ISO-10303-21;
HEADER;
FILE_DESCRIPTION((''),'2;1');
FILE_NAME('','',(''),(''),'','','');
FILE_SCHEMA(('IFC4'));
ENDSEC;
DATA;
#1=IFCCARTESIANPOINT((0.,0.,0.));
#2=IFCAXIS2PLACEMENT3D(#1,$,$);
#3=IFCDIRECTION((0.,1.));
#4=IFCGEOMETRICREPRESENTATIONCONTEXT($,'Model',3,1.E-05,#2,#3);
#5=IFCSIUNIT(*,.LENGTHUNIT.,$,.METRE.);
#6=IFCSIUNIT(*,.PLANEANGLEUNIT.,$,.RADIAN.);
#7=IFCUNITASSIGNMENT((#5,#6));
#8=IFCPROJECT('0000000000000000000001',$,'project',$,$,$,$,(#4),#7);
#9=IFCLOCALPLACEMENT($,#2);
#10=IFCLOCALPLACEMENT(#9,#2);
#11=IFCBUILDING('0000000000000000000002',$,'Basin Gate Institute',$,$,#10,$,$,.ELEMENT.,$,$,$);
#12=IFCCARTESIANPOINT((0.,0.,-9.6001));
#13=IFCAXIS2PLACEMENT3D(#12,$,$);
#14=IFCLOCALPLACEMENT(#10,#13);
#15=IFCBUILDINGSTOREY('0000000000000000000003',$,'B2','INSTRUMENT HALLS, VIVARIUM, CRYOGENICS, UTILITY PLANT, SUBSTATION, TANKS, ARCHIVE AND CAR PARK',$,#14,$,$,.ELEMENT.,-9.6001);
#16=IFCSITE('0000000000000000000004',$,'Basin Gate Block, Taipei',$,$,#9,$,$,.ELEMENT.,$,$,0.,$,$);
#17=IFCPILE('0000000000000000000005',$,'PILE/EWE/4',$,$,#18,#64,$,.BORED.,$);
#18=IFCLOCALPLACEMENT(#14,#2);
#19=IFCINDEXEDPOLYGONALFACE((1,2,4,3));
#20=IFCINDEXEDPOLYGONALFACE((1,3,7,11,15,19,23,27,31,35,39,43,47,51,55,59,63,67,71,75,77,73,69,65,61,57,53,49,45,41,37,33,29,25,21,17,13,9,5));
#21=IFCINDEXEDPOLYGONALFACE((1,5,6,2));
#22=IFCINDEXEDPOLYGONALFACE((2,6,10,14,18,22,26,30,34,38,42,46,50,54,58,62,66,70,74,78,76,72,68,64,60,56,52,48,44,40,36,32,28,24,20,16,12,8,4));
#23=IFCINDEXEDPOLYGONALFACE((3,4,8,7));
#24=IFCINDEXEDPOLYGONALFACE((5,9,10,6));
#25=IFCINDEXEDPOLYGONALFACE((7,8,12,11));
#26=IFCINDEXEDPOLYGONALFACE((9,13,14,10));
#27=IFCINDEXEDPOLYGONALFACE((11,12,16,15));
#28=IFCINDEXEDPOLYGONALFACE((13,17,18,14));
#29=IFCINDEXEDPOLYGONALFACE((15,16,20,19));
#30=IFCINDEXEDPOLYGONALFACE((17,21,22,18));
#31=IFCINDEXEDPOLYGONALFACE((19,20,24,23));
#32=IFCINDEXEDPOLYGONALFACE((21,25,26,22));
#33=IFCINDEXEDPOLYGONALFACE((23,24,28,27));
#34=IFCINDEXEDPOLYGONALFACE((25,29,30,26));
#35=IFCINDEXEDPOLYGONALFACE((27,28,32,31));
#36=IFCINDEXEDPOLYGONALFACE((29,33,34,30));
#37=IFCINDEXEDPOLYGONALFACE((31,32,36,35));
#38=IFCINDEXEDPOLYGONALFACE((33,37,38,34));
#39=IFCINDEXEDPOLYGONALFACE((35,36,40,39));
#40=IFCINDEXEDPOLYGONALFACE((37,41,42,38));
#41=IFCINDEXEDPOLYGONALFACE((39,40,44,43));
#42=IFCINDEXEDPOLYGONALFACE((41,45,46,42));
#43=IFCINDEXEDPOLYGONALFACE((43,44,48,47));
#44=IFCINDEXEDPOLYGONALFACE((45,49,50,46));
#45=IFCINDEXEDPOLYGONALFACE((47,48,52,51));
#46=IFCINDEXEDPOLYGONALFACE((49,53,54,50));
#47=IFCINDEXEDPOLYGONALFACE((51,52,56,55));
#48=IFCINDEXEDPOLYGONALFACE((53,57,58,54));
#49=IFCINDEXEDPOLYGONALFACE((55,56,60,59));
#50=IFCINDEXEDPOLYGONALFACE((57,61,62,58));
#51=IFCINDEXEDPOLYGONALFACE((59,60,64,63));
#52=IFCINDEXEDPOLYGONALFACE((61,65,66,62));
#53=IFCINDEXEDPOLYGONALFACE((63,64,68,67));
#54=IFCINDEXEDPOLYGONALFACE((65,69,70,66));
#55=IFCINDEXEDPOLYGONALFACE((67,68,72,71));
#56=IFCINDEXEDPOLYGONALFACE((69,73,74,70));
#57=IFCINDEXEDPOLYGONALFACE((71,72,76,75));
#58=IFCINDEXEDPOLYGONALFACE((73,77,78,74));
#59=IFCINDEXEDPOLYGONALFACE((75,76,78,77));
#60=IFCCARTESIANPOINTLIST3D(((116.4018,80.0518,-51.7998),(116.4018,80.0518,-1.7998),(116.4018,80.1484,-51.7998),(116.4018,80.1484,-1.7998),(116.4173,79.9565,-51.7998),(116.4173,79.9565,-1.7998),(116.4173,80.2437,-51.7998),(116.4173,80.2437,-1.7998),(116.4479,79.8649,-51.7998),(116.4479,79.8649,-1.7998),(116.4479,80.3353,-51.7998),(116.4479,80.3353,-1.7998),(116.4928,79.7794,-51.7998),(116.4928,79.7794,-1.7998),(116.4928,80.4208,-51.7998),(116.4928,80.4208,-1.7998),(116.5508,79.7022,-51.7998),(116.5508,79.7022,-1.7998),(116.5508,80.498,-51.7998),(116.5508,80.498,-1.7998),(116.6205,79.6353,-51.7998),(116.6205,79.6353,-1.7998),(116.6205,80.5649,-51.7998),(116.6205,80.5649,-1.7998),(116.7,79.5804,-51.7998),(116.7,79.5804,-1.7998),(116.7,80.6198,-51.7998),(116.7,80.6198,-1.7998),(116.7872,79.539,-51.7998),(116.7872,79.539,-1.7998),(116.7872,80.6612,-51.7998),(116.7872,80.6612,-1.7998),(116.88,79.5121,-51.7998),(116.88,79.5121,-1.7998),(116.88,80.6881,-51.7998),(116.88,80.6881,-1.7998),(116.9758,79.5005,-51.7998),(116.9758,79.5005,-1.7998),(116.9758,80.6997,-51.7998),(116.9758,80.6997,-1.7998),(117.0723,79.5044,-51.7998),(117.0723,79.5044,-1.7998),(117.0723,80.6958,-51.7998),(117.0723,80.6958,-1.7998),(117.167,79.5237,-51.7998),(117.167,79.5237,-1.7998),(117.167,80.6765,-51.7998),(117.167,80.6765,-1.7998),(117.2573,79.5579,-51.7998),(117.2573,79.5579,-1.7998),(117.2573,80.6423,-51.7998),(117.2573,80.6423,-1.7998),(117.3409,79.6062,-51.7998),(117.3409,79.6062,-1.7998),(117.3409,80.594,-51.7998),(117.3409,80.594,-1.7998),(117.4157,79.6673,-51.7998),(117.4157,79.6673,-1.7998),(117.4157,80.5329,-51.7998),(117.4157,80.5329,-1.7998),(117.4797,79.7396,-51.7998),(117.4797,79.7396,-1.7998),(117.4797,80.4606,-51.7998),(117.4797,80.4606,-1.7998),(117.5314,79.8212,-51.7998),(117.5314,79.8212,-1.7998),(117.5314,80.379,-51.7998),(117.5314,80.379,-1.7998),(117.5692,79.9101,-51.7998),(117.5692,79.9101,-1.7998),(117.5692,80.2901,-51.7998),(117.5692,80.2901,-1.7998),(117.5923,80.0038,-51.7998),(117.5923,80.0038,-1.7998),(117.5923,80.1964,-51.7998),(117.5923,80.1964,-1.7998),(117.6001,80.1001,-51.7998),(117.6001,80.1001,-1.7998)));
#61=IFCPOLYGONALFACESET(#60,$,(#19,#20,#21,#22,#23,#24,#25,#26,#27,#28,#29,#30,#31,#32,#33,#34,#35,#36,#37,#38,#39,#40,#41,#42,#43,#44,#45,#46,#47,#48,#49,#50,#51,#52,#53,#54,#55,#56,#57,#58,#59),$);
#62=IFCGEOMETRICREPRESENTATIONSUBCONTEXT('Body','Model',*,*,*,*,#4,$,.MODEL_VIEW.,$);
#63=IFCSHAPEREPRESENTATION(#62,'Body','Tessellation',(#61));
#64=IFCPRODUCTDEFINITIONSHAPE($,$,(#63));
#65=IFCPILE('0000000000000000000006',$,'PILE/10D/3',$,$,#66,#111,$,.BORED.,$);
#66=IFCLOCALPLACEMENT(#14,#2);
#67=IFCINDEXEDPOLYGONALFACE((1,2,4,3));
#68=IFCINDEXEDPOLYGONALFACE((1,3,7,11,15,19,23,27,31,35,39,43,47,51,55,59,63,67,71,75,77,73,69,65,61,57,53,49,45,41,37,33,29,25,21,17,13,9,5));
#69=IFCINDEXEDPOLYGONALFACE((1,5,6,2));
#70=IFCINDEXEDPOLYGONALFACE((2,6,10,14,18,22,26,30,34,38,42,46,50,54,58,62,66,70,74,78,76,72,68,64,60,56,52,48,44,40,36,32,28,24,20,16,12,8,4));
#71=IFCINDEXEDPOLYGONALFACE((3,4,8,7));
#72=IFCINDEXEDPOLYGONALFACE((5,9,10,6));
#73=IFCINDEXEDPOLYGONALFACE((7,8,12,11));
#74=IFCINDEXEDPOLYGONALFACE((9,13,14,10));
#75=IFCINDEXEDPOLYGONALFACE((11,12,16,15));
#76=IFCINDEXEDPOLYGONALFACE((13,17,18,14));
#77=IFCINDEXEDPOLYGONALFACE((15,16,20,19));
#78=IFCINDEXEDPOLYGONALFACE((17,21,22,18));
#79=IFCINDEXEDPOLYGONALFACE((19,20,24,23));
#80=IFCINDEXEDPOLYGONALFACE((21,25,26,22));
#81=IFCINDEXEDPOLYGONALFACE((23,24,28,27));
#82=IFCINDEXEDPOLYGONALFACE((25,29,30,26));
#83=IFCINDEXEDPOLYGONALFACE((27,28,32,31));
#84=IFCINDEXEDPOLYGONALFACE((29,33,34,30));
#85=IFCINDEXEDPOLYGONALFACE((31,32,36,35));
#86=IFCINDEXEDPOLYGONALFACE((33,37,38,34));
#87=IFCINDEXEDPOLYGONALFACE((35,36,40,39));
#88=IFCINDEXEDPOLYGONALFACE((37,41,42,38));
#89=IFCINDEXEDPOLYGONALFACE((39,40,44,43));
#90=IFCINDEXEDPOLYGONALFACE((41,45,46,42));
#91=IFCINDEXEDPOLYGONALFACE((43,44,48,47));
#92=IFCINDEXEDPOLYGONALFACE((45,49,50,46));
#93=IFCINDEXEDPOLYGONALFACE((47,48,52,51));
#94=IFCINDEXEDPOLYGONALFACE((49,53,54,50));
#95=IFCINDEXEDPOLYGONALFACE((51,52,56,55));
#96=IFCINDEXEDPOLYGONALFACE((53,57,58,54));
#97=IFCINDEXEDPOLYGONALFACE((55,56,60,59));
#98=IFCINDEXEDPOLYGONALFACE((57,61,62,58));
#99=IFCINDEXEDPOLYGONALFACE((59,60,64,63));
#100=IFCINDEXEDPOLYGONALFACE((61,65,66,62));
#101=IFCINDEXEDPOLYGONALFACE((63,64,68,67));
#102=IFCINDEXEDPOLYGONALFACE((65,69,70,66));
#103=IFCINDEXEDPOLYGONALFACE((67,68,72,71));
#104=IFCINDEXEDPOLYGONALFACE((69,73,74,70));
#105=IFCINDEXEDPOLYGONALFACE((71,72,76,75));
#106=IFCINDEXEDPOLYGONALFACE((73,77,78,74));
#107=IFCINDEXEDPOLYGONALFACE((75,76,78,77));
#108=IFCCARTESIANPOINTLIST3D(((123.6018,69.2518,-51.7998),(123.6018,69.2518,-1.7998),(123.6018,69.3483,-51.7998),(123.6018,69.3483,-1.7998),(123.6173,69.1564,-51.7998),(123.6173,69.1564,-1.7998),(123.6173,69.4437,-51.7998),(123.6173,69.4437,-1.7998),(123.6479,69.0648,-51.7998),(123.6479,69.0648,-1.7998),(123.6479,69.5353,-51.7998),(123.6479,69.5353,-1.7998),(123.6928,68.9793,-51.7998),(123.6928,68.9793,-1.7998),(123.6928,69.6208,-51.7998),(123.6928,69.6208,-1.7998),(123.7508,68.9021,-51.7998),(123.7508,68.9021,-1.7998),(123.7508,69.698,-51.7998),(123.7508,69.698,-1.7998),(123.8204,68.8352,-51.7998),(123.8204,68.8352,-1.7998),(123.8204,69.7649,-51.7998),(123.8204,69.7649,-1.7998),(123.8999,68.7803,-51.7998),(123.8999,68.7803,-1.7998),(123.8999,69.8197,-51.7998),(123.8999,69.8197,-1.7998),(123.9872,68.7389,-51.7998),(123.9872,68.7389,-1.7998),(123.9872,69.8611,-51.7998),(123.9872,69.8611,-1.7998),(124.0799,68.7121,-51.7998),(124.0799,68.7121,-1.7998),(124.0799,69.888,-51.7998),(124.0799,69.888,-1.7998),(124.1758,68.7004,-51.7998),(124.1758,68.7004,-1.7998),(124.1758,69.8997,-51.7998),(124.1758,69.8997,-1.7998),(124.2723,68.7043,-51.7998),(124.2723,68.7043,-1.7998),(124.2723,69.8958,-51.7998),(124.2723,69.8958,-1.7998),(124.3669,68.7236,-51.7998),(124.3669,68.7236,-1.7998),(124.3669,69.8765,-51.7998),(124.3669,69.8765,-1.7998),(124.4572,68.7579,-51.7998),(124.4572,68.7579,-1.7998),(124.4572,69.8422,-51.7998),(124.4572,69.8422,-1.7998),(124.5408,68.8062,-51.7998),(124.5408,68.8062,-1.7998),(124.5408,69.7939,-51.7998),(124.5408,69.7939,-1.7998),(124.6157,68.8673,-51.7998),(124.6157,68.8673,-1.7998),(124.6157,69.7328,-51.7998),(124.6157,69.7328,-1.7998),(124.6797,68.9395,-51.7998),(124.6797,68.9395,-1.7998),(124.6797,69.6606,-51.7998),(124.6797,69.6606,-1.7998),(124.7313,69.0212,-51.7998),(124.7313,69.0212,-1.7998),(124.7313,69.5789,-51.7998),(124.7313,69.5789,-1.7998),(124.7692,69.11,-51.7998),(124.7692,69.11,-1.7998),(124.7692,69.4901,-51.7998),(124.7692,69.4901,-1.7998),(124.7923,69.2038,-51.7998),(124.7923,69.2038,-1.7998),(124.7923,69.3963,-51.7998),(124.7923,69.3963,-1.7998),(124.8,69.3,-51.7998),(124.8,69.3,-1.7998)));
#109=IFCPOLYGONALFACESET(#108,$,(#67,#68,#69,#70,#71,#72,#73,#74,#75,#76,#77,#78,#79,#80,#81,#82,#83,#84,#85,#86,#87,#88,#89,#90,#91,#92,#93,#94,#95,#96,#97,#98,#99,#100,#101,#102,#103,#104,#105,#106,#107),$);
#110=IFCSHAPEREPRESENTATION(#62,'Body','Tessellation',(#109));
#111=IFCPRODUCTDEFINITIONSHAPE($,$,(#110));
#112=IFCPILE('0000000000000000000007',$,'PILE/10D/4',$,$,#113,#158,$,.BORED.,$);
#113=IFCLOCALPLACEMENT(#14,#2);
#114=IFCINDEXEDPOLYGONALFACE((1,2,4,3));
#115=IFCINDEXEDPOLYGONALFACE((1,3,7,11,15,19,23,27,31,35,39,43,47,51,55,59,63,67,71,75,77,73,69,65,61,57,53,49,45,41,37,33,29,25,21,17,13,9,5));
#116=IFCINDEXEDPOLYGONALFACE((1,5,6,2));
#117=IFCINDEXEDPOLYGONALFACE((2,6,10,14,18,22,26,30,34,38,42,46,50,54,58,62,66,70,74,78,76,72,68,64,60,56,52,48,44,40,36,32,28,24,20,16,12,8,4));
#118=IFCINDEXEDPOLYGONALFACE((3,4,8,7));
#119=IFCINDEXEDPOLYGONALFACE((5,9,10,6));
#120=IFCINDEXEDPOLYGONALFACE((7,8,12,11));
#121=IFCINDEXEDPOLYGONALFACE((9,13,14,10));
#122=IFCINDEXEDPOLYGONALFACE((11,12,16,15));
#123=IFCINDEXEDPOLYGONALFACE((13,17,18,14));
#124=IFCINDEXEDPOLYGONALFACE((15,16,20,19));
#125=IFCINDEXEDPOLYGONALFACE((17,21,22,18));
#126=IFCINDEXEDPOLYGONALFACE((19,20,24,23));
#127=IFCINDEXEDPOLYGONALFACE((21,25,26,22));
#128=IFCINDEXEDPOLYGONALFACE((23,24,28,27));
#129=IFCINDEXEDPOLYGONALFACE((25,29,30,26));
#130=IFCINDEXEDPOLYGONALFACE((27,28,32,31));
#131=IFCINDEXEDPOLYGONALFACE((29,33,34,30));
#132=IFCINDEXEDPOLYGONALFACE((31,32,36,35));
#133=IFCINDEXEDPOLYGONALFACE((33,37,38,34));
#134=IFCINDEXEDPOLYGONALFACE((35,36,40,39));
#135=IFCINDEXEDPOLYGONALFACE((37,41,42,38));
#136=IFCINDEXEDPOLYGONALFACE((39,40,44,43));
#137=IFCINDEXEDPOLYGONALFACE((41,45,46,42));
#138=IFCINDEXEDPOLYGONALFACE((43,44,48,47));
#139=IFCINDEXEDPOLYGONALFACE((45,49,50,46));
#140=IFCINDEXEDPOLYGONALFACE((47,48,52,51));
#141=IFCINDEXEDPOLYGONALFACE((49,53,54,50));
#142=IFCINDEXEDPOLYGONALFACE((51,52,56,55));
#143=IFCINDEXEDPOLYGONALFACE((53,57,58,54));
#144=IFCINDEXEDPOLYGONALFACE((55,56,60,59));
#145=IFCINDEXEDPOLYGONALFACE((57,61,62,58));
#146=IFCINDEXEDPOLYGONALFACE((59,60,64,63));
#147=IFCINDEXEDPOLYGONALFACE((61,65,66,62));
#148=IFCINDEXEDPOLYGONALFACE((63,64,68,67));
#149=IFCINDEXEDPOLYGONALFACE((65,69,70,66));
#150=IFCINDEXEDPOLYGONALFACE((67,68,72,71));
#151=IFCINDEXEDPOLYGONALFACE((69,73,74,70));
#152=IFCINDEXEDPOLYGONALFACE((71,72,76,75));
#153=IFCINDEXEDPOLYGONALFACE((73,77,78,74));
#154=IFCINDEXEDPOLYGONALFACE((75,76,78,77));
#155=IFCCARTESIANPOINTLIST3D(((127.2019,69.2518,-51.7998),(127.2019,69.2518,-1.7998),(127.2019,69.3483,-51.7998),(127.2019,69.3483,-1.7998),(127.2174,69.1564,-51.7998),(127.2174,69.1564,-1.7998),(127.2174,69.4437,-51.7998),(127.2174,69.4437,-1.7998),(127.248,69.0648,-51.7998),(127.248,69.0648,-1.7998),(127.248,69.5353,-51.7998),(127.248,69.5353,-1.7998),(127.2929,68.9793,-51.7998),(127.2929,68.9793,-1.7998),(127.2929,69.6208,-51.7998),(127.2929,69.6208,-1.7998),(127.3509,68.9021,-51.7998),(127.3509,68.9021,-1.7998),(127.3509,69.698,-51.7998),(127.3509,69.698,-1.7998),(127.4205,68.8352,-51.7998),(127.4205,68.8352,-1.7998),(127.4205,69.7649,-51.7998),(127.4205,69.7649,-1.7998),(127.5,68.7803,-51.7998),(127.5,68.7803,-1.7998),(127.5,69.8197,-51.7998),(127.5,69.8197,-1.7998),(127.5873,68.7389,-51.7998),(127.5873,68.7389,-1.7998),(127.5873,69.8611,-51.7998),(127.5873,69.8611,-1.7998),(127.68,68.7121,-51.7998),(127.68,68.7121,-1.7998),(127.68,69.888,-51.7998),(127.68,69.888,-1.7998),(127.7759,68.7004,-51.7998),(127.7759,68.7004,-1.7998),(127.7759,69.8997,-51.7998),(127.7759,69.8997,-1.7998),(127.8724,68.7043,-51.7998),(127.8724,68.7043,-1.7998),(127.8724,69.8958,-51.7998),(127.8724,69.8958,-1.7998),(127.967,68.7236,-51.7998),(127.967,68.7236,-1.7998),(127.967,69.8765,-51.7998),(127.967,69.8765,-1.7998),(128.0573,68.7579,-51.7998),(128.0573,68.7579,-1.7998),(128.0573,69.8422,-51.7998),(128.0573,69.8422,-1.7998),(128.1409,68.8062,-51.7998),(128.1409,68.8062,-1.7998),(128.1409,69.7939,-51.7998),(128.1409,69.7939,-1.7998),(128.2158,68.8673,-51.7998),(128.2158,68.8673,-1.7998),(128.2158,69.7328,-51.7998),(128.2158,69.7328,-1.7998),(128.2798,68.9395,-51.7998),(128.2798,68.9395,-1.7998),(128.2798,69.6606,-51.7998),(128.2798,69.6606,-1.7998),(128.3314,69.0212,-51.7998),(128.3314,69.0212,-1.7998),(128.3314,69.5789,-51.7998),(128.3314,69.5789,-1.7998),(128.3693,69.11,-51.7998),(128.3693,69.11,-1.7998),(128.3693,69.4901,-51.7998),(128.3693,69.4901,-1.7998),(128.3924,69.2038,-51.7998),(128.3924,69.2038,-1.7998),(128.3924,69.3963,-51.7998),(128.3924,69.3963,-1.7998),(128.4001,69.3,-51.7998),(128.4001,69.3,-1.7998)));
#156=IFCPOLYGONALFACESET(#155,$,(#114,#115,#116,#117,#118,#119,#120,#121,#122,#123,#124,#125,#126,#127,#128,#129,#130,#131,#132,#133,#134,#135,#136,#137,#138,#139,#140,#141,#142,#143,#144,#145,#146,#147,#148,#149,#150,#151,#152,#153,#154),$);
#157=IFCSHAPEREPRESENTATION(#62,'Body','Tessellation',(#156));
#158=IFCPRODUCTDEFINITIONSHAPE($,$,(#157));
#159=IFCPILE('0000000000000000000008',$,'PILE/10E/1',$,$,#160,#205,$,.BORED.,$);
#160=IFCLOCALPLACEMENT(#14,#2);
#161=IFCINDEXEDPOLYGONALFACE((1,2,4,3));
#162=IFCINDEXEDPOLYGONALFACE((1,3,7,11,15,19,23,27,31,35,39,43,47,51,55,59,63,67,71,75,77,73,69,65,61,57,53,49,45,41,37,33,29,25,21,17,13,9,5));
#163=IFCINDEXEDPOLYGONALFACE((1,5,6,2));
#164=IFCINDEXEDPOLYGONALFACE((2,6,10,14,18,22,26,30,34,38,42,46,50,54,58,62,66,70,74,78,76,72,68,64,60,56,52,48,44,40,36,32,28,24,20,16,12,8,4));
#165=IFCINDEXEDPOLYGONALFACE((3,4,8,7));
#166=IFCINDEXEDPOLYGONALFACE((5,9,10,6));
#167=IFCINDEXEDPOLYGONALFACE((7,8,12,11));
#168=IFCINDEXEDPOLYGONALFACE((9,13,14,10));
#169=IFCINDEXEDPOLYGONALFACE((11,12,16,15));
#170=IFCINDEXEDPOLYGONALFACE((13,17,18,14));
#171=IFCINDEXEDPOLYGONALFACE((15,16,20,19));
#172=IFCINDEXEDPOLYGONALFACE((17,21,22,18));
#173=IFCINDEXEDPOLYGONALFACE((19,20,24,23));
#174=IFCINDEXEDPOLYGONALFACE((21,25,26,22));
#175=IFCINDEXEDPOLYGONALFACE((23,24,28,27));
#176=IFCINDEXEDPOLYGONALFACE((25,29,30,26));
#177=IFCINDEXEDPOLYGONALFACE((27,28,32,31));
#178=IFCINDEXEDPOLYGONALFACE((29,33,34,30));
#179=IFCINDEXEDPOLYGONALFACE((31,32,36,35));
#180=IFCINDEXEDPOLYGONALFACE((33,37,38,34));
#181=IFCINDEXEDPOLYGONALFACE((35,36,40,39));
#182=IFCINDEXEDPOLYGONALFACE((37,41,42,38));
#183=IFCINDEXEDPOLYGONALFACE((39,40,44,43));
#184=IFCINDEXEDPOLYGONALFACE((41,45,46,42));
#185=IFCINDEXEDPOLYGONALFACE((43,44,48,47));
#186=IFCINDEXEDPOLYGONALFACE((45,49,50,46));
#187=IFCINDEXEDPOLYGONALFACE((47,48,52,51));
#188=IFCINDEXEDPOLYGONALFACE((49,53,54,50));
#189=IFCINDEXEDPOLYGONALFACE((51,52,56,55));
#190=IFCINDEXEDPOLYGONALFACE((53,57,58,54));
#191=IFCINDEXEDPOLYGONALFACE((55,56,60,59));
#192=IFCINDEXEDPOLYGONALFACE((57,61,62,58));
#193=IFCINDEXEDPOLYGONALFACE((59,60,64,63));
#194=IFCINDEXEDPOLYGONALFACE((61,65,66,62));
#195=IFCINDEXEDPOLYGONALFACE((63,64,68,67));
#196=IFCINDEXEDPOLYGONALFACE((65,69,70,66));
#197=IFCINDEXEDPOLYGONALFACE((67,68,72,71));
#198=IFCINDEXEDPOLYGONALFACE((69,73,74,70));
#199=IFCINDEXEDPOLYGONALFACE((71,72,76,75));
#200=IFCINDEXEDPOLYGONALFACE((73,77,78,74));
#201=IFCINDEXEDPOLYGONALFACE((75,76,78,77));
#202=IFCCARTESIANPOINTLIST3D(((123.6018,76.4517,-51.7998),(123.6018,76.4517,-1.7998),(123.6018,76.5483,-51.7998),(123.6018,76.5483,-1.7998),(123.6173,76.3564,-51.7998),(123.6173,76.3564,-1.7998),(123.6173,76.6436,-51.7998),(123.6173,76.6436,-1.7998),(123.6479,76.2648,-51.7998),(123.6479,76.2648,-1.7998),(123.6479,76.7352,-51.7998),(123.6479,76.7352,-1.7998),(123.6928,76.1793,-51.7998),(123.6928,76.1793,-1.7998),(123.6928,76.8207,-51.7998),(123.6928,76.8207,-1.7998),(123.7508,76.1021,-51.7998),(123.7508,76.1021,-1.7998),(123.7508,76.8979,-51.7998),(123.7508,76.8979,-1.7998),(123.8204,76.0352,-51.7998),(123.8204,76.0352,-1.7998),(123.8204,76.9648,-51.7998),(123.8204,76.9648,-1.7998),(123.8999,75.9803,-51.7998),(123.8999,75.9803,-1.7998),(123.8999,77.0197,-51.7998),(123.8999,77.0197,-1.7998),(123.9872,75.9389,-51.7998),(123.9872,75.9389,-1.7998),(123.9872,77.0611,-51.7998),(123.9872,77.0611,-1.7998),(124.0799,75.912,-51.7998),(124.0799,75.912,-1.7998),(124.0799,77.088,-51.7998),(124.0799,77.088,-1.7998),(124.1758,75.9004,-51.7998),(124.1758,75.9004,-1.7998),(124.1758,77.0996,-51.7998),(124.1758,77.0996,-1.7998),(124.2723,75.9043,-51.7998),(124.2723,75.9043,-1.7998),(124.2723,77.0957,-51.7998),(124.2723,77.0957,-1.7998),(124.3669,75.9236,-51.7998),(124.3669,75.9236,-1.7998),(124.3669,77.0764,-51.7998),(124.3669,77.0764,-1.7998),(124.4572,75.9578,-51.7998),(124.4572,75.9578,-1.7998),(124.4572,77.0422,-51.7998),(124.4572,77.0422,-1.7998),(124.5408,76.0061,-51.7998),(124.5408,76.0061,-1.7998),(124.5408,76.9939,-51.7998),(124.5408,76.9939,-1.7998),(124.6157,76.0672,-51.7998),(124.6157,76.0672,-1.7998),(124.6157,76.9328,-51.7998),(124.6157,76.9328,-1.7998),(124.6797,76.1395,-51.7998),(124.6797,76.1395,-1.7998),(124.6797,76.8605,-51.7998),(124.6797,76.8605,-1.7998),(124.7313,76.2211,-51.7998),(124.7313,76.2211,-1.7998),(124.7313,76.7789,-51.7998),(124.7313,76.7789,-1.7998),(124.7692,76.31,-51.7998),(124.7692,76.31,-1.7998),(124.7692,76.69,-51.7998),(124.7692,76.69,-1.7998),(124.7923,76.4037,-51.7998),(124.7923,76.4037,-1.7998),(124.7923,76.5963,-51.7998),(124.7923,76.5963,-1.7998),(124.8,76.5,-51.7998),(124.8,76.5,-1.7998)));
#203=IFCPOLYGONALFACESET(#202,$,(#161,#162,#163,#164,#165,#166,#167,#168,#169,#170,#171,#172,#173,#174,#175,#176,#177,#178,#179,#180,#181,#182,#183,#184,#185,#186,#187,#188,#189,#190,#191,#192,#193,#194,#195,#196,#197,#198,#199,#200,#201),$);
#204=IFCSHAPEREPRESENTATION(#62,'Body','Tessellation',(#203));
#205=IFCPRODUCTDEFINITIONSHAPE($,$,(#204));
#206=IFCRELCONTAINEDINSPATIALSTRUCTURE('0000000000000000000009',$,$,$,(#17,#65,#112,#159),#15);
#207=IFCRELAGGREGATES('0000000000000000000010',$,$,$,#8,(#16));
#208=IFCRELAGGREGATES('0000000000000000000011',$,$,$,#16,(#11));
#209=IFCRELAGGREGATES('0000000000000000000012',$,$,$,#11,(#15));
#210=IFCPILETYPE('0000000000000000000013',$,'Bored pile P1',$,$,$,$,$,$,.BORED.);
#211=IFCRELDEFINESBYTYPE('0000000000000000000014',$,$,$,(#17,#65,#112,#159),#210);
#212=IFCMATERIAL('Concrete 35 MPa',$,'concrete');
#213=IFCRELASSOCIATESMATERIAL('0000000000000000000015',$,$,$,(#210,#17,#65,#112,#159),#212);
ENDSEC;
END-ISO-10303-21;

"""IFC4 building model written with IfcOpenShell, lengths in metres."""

from ifc_helpers import new_model, si_unit, direction, frame, origin, origin_2d, place, context, subcontext, project, spatial, circle, extrude, material, material_profile, profile_set, type_object, element, save


model = new_model("IFC4")

# Units and contexts
model_context = context("Model", 3, precision=1e-05, world=origin(), true_north=direction((0.0, 1.0)))
body_context = subcontext(model_context, "Body", "Model", "MODEL_VIEW")
ifc_project = project(units=[si_unit("LENGTHUNIT", "METRE"), si_unit("PLANEANGLEUNIT", "RADIAN")], contexts=[model_context])

# Site, building, storey
site_placement = place(None, origin())
site = spatial("IfcSite", under=ifc_project, at=site_placement, Name="Basin Gate Block, Taipei", CompositionType="ELEMENT", RefElevation=0.0)
building_placement = place(site_placement, origin())
building = spatial("IfcBuilding", under=site, at=building_placement, Name="Basin Gate Institute", CompositionType="ELEMENT")
storey_placement = place(building_placement, frame((0.0, 0.0, -9.6001)))
storey = spatial("IfcBuildingStorey", under=building, at=storey_placement, Name="B2", Description="INSTRUMENT HALLS, VIVARIUM, CRYOGENICS, UTILITY PLANT, SUBSTATION, TANKS, ARCHIVE AND CAR PARK", CompositionType="ELEMENT", Elevation=-9.6001)

# Piles
ifc_material_1 = material(Name="Concrete 35 MPa", Category="concrete")
ifc_material_profile_1 = material_profile(ifc_material_1, circle(Radius=0.6001, at=origin_2d()), Name="Bored pile P1 1200 dia")
ifc_profile_set_1 = profile_set([ifc_material_profile_1], Name="Concrete 35 MPa")
pile_type = type_object("IfcPileType", Name="Bored pile P1", PredefinedType="BORED", material=ifc_profile_set_1)
for number, where, z_axis, x_axis, name in (
    (1, (117.0, 80.1001, -1.7998), (0.0, 0.0, -1.0), (1.0, 0.0, 0.0), "PILE/EWE/4"),
    (2, (124.2, 69.3, -1.7998), (0.0, 0.0, -1.0), (1.0, 0.0, 0.0), "PILE/10D/3"),
    (3, (127.8, 69.3, -1.7998), (0.0, 0.0, -1.0), (1.0, 0.0, 0.0), "PILE/10D/4"),
    (4, (124.2, 76.5, -1.7998), (0.0, 0.0, -1.0), (1.0, 0.0, 0.0), "PILE/10E/1"),
):
    element("IfcPile", number, at=place(storey_placement, frame(where, z_axis=z_axis, x_axis=x_axis)), inside=storey, type_object=pile_type, material=ifc_profile_set_1, Name=name, PredefinedType="BORED", context=body_context, shape_type="SweptSolid", body=[
        extrude(circle(Radius=0.6001, at=origin_2d()), origin(), (0.0, 0.0, 1.0), 50.0),
    ])

save(model, "model.ifc")
